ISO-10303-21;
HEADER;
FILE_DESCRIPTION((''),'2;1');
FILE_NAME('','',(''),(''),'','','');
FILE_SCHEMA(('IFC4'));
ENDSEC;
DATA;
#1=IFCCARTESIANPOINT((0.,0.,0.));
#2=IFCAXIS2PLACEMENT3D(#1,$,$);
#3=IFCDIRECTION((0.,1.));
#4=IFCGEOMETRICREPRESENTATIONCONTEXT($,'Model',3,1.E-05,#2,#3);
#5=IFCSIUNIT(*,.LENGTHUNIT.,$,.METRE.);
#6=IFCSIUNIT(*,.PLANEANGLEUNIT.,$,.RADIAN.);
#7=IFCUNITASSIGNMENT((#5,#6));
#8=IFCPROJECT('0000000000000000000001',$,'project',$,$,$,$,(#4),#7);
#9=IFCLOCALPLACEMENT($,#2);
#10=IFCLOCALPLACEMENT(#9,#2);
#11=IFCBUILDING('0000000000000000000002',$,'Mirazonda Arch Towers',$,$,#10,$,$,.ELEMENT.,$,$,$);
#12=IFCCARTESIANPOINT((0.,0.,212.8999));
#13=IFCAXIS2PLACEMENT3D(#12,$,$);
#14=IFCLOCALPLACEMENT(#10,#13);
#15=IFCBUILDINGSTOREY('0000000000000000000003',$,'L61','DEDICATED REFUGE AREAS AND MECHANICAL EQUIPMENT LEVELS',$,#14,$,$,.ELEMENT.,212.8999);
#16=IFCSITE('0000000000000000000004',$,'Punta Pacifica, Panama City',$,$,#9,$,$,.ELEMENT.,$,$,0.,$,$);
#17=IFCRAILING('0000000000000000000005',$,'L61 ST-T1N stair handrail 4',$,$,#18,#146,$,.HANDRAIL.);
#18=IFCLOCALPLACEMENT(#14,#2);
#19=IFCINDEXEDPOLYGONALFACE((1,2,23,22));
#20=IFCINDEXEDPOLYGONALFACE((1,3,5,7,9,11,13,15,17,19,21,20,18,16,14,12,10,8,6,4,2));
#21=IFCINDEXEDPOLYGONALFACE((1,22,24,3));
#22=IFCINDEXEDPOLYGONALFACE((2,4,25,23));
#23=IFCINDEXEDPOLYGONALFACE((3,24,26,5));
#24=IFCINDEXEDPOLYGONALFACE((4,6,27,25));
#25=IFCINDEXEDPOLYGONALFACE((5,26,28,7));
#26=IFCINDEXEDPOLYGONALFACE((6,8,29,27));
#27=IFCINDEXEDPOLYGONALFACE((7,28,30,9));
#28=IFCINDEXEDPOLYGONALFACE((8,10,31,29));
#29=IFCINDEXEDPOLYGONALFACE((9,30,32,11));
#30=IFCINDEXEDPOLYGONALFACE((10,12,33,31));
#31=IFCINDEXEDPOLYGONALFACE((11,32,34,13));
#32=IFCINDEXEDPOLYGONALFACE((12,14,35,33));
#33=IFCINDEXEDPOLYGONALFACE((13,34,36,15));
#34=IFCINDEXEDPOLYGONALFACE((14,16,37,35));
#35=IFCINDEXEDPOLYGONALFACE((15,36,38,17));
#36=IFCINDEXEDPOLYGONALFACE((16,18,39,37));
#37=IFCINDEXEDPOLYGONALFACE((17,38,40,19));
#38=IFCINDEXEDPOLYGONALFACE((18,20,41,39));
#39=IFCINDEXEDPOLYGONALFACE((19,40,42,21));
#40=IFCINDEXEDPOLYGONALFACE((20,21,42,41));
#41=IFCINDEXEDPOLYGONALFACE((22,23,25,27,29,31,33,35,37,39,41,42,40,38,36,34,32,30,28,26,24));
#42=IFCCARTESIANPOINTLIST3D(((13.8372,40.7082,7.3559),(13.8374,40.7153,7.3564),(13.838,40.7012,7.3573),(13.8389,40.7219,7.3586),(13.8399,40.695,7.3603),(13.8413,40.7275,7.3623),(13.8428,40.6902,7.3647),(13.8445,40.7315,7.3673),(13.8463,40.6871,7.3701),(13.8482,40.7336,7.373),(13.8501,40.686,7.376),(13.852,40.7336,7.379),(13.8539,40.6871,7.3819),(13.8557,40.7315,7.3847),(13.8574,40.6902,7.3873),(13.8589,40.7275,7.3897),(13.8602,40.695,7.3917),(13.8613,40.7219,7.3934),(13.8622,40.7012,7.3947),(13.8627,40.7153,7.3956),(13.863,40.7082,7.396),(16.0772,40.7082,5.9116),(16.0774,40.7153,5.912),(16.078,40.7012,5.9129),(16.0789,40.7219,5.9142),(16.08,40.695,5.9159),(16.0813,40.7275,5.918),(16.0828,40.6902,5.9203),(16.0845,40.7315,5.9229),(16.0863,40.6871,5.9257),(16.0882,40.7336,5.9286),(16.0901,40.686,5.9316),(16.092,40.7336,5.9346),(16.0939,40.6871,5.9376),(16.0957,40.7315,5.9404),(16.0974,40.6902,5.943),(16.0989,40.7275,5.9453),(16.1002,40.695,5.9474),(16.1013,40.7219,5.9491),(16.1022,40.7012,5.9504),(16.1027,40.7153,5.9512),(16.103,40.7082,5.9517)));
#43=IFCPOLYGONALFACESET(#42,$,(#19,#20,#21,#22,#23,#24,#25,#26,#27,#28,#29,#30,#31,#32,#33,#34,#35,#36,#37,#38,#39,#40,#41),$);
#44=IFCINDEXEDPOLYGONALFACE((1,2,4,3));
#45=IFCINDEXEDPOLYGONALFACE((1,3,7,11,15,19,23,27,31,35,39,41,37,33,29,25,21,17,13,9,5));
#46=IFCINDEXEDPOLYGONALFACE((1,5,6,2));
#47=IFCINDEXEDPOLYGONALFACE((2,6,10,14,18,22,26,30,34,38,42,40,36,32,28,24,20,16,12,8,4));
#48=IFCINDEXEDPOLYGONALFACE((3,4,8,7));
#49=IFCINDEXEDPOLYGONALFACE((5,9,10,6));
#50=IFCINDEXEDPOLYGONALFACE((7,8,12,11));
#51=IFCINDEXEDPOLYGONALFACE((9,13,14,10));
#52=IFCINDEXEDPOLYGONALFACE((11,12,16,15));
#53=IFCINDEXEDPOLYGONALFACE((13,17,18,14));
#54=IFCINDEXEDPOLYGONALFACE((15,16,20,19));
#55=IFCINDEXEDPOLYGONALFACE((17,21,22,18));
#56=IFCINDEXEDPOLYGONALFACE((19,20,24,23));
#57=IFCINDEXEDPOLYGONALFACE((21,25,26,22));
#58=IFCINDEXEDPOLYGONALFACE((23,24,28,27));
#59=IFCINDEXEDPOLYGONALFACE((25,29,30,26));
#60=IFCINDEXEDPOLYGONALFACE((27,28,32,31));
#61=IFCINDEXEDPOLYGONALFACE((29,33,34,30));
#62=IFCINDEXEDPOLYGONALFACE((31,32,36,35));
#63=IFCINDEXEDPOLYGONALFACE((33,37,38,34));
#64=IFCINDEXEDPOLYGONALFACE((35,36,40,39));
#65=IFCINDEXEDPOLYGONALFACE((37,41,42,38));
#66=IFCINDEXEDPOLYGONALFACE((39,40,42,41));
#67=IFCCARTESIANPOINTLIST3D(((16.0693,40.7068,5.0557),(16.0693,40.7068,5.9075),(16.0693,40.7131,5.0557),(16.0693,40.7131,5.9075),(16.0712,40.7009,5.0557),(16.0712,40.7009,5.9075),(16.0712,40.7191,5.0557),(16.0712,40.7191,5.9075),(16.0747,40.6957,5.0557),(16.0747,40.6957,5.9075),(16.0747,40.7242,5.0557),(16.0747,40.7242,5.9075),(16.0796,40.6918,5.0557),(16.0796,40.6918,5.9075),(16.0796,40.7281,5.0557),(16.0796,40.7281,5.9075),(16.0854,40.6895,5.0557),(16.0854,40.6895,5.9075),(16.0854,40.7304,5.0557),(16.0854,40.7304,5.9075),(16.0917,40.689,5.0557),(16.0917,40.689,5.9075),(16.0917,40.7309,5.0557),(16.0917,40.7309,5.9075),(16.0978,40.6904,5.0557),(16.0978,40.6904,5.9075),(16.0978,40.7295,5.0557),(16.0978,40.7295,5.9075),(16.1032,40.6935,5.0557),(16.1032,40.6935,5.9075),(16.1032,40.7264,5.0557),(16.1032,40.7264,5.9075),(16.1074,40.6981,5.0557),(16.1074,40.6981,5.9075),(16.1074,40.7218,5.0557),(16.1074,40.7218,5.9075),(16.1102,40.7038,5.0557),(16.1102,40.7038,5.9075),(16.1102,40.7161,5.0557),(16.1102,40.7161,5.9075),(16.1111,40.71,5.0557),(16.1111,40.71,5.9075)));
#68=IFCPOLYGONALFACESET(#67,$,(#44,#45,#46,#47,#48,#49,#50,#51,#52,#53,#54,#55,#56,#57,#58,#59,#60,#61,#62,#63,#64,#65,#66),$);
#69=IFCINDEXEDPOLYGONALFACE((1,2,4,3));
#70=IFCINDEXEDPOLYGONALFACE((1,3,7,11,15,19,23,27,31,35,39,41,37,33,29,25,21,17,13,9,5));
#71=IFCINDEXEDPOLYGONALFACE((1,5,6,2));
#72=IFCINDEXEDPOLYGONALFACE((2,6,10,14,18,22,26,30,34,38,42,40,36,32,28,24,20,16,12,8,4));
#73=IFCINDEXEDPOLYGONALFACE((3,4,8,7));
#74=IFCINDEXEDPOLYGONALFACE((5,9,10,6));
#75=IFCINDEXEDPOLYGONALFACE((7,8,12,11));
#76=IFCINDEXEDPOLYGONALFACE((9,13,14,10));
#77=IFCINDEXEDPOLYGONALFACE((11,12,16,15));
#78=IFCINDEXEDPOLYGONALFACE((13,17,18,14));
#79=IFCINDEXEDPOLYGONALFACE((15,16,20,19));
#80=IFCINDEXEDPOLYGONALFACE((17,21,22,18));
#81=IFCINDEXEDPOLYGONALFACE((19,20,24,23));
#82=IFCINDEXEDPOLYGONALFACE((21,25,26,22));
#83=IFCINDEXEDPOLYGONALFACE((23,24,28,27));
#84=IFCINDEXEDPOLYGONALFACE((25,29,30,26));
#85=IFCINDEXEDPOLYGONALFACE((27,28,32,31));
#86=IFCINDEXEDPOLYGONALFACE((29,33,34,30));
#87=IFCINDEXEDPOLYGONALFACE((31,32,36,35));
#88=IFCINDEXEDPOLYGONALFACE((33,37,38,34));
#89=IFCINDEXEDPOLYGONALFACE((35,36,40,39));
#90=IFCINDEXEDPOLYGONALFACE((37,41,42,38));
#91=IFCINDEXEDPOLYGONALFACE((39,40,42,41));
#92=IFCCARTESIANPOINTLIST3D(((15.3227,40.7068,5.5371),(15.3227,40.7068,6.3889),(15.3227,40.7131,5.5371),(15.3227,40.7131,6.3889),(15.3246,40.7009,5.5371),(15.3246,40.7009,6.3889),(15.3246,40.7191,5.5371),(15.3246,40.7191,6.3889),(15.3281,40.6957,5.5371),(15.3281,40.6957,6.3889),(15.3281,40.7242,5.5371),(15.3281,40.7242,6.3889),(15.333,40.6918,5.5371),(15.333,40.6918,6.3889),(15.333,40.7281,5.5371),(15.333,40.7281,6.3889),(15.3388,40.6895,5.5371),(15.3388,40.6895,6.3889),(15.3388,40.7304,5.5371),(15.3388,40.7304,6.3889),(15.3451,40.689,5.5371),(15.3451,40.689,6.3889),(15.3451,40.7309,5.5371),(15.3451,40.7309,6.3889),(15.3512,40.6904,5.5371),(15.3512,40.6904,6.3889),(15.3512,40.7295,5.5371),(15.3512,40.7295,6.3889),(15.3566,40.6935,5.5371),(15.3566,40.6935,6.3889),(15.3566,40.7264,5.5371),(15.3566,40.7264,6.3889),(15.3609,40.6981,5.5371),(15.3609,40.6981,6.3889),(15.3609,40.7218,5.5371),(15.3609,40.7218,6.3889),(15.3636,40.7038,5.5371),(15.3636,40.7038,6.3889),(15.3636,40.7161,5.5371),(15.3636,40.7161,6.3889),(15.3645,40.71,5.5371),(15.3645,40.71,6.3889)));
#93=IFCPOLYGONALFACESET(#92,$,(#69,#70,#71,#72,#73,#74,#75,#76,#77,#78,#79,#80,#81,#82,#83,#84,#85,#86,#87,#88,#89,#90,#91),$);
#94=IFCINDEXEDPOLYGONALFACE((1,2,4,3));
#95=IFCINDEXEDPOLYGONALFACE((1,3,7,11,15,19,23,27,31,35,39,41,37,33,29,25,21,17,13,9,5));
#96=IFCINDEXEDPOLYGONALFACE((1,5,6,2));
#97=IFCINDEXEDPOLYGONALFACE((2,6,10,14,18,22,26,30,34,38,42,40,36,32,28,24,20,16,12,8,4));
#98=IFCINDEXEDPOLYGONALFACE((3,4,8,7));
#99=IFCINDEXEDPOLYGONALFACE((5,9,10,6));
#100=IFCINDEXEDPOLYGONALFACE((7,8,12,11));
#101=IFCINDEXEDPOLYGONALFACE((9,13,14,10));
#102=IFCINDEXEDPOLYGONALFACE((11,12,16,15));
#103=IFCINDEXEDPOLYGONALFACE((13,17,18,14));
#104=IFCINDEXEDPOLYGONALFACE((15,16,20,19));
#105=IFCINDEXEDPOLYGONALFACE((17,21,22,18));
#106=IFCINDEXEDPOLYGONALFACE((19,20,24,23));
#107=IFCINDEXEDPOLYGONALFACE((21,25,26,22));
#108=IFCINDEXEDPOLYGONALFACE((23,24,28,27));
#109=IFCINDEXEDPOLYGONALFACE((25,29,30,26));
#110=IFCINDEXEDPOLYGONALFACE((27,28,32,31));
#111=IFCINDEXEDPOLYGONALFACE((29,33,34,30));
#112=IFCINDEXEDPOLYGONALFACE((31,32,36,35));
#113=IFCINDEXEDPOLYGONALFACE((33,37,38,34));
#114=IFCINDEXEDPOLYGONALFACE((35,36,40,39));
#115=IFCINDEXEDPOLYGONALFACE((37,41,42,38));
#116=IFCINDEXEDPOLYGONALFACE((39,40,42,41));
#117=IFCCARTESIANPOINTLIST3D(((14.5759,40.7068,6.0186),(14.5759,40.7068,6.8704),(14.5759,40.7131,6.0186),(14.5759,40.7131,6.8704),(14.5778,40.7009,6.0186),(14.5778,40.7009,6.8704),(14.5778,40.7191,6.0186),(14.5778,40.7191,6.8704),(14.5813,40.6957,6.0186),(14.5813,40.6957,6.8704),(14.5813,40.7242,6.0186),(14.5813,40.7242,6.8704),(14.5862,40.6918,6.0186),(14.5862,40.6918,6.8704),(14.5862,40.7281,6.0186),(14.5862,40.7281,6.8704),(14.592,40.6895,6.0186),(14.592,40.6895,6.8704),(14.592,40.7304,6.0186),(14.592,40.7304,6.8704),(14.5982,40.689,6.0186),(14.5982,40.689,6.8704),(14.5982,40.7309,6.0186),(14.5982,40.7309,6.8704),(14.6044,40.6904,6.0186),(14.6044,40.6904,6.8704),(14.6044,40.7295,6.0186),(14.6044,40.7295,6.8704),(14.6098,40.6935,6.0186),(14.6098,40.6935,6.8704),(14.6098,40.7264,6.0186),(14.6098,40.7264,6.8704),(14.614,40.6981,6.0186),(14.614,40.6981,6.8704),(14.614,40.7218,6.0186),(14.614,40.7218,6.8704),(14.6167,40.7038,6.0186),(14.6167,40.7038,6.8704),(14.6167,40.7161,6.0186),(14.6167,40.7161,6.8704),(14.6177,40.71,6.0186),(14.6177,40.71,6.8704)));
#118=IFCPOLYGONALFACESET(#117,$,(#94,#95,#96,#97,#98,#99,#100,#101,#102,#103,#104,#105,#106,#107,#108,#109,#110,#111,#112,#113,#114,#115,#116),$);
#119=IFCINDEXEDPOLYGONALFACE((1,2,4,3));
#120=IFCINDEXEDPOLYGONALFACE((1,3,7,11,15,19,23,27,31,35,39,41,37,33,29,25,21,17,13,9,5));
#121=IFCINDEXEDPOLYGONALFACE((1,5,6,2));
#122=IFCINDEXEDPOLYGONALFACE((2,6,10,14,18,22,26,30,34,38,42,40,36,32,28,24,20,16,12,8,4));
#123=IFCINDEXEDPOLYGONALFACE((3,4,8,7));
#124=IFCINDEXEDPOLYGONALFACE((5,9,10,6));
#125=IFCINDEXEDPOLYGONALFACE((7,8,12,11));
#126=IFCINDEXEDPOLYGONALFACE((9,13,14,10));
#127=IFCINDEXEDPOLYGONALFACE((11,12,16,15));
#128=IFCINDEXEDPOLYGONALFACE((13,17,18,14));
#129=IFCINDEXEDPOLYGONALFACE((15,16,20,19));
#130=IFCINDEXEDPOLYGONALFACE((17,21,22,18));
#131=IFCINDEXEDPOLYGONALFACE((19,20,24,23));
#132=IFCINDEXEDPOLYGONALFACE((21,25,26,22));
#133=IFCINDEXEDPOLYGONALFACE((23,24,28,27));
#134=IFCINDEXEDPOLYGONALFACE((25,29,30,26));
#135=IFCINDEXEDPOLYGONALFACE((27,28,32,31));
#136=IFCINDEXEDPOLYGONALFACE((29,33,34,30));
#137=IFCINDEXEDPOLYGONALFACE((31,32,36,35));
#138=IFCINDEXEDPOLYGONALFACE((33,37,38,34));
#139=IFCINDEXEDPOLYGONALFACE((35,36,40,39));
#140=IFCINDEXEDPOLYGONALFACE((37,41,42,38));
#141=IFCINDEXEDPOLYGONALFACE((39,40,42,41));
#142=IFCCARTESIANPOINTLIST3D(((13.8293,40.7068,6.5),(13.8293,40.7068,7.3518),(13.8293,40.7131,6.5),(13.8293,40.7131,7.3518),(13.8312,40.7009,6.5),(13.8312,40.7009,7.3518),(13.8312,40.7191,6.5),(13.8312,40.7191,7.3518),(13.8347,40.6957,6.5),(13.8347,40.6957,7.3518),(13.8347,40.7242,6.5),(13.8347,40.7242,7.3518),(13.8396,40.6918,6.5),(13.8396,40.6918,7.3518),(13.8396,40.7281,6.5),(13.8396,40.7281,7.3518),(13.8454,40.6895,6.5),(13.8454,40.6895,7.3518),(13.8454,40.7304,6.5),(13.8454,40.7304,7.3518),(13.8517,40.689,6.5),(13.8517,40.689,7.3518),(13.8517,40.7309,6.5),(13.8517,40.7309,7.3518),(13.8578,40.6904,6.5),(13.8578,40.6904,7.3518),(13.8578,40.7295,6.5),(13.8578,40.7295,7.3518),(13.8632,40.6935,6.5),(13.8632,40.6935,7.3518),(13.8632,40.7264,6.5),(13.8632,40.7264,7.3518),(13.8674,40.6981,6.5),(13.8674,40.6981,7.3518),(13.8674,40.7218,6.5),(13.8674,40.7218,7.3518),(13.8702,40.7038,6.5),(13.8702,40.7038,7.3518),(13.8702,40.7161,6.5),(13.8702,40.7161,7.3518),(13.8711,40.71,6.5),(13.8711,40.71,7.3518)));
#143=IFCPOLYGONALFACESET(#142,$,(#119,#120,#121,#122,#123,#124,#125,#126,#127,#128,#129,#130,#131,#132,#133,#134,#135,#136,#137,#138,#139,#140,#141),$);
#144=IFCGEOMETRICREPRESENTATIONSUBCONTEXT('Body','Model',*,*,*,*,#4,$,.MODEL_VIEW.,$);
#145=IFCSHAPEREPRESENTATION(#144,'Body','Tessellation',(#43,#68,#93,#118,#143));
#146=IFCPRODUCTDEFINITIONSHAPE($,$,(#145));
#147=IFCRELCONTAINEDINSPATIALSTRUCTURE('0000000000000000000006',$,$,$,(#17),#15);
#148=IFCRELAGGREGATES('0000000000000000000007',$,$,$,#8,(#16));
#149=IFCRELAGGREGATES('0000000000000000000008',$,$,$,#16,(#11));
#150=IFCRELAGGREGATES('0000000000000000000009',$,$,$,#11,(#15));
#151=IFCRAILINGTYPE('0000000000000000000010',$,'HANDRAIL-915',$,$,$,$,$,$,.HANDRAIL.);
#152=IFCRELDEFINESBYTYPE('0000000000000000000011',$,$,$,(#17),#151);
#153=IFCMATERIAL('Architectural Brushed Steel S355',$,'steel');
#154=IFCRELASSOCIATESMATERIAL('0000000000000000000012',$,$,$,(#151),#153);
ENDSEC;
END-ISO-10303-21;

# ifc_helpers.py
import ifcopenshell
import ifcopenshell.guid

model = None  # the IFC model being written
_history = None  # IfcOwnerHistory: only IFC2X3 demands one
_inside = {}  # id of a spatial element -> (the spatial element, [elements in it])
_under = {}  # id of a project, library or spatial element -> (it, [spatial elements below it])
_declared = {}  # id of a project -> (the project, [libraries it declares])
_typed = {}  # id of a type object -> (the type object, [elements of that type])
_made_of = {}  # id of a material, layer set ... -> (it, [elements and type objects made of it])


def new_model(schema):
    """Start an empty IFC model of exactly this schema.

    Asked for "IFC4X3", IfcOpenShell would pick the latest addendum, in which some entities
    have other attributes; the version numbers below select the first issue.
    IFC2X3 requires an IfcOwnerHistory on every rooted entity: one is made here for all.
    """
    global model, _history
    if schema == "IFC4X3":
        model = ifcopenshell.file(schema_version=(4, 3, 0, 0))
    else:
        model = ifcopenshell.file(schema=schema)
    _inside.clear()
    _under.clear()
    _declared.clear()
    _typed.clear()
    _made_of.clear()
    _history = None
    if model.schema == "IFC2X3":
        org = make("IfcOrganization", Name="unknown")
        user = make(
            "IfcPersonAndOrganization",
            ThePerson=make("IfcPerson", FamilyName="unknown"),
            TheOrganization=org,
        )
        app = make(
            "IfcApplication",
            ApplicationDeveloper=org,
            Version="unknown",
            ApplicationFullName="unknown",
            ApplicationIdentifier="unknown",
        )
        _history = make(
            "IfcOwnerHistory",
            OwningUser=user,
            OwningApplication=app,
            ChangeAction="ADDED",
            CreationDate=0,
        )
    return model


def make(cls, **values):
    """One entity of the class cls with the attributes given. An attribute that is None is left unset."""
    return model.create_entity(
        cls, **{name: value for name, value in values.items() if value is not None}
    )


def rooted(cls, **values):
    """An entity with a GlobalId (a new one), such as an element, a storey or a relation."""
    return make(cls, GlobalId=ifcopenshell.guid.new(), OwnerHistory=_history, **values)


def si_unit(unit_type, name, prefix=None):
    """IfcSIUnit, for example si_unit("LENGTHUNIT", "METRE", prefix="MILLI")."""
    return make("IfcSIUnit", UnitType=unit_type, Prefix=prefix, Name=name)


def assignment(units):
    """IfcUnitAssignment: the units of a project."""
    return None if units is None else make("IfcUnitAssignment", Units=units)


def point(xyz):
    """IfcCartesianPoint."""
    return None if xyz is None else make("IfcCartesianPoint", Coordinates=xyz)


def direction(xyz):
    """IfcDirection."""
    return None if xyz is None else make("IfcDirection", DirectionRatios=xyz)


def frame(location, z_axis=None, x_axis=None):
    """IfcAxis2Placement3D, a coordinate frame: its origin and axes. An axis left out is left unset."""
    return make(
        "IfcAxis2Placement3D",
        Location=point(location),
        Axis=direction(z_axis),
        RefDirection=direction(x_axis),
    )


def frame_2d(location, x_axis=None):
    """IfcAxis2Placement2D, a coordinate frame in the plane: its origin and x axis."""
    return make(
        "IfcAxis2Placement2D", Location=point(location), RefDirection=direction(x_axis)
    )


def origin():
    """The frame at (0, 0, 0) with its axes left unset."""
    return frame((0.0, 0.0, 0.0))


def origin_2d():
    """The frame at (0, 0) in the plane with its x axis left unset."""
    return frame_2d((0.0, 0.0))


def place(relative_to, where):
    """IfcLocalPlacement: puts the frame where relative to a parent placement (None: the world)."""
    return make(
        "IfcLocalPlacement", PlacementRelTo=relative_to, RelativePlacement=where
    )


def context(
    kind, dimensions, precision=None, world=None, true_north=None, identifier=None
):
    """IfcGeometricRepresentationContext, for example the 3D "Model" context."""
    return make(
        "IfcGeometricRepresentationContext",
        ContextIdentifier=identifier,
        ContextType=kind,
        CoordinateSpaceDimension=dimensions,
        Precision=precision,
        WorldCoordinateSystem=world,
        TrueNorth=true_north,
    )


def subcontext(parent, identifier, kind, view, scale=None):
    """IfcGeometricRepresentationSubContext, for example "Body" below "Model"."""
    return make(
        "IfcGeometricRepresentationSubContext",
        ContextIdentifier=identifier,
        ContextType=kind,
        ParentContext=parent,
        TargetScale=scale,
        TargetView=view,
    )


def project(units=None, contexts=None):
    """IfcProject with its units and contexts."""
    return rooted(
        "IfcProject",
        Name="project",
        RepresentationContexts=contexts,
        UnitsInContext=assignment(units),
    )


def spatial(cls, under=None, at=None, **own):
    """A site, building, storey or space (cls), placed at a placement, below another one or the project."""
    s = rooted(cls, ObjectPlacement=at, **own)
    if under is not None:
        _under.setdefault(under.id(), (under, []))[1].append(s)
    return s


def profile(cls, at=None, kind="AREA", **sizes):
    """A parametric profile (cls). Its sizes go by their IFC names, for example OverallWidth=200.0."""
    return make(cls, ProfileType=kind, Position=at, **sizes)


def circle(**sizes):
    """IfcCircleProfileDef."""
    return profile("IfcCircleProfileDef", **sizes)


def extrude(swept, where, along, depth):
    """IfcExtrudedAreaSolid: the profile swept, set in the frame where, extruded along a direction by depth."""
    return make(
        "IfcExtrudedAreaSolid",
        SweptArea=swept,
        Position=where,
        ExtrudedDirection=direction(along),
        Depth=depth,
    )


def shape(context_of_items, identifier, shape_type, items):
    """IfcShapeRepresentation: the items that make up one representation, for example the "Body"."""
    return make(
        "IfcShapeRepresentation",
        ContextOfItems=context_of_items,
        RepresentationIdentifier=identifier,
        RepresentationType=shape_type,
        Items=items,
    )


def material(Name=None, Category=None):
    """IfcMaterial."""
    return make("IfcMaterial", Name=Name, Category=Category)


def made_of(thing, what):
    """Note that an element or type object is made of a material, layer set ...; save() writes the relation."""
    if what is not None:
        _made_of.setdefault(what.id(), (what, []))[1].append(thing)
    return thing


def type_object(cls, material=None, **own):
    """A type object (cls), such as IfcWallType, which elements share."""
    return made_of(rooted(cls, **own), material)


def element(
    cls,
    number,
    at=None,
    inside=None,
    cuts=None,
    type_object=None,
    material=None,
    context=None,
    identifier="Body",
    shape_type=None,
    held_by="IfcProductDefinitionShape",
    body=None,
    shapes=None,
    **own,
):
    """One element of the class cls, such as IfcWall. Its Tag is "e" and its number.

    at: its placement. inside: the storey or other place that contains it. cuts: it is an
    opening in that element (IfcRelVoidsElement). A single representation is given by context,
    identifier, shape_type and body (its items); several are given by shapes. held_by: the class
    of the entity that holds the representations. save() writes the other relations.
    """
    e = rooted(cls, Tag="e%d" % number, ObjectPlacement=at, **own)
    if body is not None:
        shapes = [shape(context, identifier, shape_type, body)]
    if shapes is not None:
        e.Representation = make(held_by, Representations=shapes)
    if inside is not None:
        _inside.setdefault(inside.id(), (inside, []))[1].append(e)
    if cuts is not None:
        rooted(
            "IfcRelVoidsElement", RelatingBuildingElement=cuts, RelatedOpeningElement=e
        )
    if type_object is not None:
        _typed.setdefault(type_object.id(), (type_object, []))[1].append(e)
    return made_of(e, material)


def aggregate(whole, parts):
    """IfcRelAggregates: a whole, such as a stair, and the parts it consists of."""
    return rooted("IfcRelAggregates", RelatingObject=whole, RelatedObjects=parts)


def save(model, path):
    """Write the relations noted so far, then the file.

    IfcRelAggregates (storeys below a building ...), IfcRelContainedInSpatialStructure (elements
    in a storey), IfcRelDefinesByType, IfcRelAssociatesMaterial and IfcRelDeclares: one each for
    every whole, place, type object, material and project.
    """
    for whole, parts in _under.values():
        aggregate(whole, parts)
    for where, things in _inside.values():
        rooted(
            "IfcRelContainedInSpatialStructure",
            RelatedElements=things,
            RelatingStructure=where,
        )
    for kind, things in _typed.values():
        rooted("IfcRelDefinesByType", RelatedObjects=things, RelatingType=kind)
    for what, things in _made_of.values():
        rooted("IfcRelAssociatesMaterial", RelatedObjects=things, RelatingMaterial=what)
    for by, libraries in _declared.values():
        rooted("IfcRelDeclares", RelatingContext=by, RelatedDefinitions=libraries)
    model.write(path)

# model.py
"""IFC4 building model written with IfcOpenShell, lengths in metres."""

from ifc_helpers import new_model, si_unit, direction, frame, origin, origin_2d, place, context, subcontext, project, spatial, circle, extrude, material, type_object, element, save


model = new_model("IFC4")

# Units and contexts
model_context = context("Model", 3, precision=1e-05, world=origin(), true_north=direction((0.0, 1.0)))
body_context = subcontext(model_context, "Body", "Model", "MODEL_VIEW")
ifc_project = project(units=[si_unit("LENGTHUNIT", "METRE"), si_unit("PLANEANGLEUNIT", "RADIAN")], contexts=[model_context])

# Site, building, storey
site_placement = place(None, origin())
site = spatial("IfcSite", under=ifc_project, at=site_placement, Name="Punta Pacifica, Panama City", CompositionType="ELEMENT", RefElevation=0.0)
building_placement = place(site_placement, origin())
building = spatial("IfcBuilding", under=site, at=building_placement, Name="Mirazonda Arch Towers", CompositionType="ELEMENT")
storey_placement = place(building_placement, frame((0.0, 0.0, 212.8999)))
storey = spatial("IfcBuildingStorey", under=building, at=storey_placement, Name="L61", Description="DEDICATED REFUGE AREAS AND MECHANICAL EQUIPMENT LEVELS", CompositionType="ELEMENT", Elevation=212.8999)

# Railing
ifc_material_1 = material(Name="Architectural Brushed Steel S355", Category="steel")
railing_type_1 = type_object("IfcRailingType", Name="HANDRAIL-915", PredefinedType="HANDRAIL", material=ifc_material_1)
railing_1_placement = place(storey_placement, frame((16.0901, 40.71, 5.0557)))
element("IfcRailing", 1, at=railing_1_placement, inside=storey, type_object=railing_type_1, Name="L61 ST-T1N stair handrail 4", PredefinedType="HANDRAIL", context=body_context, shape_type="SweptSolid", body=[
    extrude(circle(Radius=0.0239, at=origin_2d()), frame((0.0, 0.0, 0.876), z_axis=(-0.840437, 0.0, 0.54191), x_axis=(0.0, -1.0, 0.0)), (0.0, 0.0, 1.0), 2.6653),
    extrude(circle(Radius=0.021, at=origin_2d()), origin(), (0.0, 0.0, 1.0), 0.8518),
    extrude(circle(Radius=0.021, at=origin_2d()), frame((-0.7466, 0.0, 0.4814)), (0.0, 0.0, 1.0), 0.8518),
    extrude(circle(Radius=0.021, at=origin_2d()), frame((-1.4934, 0.0, 0.9629)), (0.0, 0.0, 1.0), 0.8518),
    extrude(circle(Radius=0.021, at=origin_2d()), frame((-2.24, 0.0, 1.4443)), (0.0, 0.0, 1.0), 0.8518),
])

save(model, "model.ifc")
